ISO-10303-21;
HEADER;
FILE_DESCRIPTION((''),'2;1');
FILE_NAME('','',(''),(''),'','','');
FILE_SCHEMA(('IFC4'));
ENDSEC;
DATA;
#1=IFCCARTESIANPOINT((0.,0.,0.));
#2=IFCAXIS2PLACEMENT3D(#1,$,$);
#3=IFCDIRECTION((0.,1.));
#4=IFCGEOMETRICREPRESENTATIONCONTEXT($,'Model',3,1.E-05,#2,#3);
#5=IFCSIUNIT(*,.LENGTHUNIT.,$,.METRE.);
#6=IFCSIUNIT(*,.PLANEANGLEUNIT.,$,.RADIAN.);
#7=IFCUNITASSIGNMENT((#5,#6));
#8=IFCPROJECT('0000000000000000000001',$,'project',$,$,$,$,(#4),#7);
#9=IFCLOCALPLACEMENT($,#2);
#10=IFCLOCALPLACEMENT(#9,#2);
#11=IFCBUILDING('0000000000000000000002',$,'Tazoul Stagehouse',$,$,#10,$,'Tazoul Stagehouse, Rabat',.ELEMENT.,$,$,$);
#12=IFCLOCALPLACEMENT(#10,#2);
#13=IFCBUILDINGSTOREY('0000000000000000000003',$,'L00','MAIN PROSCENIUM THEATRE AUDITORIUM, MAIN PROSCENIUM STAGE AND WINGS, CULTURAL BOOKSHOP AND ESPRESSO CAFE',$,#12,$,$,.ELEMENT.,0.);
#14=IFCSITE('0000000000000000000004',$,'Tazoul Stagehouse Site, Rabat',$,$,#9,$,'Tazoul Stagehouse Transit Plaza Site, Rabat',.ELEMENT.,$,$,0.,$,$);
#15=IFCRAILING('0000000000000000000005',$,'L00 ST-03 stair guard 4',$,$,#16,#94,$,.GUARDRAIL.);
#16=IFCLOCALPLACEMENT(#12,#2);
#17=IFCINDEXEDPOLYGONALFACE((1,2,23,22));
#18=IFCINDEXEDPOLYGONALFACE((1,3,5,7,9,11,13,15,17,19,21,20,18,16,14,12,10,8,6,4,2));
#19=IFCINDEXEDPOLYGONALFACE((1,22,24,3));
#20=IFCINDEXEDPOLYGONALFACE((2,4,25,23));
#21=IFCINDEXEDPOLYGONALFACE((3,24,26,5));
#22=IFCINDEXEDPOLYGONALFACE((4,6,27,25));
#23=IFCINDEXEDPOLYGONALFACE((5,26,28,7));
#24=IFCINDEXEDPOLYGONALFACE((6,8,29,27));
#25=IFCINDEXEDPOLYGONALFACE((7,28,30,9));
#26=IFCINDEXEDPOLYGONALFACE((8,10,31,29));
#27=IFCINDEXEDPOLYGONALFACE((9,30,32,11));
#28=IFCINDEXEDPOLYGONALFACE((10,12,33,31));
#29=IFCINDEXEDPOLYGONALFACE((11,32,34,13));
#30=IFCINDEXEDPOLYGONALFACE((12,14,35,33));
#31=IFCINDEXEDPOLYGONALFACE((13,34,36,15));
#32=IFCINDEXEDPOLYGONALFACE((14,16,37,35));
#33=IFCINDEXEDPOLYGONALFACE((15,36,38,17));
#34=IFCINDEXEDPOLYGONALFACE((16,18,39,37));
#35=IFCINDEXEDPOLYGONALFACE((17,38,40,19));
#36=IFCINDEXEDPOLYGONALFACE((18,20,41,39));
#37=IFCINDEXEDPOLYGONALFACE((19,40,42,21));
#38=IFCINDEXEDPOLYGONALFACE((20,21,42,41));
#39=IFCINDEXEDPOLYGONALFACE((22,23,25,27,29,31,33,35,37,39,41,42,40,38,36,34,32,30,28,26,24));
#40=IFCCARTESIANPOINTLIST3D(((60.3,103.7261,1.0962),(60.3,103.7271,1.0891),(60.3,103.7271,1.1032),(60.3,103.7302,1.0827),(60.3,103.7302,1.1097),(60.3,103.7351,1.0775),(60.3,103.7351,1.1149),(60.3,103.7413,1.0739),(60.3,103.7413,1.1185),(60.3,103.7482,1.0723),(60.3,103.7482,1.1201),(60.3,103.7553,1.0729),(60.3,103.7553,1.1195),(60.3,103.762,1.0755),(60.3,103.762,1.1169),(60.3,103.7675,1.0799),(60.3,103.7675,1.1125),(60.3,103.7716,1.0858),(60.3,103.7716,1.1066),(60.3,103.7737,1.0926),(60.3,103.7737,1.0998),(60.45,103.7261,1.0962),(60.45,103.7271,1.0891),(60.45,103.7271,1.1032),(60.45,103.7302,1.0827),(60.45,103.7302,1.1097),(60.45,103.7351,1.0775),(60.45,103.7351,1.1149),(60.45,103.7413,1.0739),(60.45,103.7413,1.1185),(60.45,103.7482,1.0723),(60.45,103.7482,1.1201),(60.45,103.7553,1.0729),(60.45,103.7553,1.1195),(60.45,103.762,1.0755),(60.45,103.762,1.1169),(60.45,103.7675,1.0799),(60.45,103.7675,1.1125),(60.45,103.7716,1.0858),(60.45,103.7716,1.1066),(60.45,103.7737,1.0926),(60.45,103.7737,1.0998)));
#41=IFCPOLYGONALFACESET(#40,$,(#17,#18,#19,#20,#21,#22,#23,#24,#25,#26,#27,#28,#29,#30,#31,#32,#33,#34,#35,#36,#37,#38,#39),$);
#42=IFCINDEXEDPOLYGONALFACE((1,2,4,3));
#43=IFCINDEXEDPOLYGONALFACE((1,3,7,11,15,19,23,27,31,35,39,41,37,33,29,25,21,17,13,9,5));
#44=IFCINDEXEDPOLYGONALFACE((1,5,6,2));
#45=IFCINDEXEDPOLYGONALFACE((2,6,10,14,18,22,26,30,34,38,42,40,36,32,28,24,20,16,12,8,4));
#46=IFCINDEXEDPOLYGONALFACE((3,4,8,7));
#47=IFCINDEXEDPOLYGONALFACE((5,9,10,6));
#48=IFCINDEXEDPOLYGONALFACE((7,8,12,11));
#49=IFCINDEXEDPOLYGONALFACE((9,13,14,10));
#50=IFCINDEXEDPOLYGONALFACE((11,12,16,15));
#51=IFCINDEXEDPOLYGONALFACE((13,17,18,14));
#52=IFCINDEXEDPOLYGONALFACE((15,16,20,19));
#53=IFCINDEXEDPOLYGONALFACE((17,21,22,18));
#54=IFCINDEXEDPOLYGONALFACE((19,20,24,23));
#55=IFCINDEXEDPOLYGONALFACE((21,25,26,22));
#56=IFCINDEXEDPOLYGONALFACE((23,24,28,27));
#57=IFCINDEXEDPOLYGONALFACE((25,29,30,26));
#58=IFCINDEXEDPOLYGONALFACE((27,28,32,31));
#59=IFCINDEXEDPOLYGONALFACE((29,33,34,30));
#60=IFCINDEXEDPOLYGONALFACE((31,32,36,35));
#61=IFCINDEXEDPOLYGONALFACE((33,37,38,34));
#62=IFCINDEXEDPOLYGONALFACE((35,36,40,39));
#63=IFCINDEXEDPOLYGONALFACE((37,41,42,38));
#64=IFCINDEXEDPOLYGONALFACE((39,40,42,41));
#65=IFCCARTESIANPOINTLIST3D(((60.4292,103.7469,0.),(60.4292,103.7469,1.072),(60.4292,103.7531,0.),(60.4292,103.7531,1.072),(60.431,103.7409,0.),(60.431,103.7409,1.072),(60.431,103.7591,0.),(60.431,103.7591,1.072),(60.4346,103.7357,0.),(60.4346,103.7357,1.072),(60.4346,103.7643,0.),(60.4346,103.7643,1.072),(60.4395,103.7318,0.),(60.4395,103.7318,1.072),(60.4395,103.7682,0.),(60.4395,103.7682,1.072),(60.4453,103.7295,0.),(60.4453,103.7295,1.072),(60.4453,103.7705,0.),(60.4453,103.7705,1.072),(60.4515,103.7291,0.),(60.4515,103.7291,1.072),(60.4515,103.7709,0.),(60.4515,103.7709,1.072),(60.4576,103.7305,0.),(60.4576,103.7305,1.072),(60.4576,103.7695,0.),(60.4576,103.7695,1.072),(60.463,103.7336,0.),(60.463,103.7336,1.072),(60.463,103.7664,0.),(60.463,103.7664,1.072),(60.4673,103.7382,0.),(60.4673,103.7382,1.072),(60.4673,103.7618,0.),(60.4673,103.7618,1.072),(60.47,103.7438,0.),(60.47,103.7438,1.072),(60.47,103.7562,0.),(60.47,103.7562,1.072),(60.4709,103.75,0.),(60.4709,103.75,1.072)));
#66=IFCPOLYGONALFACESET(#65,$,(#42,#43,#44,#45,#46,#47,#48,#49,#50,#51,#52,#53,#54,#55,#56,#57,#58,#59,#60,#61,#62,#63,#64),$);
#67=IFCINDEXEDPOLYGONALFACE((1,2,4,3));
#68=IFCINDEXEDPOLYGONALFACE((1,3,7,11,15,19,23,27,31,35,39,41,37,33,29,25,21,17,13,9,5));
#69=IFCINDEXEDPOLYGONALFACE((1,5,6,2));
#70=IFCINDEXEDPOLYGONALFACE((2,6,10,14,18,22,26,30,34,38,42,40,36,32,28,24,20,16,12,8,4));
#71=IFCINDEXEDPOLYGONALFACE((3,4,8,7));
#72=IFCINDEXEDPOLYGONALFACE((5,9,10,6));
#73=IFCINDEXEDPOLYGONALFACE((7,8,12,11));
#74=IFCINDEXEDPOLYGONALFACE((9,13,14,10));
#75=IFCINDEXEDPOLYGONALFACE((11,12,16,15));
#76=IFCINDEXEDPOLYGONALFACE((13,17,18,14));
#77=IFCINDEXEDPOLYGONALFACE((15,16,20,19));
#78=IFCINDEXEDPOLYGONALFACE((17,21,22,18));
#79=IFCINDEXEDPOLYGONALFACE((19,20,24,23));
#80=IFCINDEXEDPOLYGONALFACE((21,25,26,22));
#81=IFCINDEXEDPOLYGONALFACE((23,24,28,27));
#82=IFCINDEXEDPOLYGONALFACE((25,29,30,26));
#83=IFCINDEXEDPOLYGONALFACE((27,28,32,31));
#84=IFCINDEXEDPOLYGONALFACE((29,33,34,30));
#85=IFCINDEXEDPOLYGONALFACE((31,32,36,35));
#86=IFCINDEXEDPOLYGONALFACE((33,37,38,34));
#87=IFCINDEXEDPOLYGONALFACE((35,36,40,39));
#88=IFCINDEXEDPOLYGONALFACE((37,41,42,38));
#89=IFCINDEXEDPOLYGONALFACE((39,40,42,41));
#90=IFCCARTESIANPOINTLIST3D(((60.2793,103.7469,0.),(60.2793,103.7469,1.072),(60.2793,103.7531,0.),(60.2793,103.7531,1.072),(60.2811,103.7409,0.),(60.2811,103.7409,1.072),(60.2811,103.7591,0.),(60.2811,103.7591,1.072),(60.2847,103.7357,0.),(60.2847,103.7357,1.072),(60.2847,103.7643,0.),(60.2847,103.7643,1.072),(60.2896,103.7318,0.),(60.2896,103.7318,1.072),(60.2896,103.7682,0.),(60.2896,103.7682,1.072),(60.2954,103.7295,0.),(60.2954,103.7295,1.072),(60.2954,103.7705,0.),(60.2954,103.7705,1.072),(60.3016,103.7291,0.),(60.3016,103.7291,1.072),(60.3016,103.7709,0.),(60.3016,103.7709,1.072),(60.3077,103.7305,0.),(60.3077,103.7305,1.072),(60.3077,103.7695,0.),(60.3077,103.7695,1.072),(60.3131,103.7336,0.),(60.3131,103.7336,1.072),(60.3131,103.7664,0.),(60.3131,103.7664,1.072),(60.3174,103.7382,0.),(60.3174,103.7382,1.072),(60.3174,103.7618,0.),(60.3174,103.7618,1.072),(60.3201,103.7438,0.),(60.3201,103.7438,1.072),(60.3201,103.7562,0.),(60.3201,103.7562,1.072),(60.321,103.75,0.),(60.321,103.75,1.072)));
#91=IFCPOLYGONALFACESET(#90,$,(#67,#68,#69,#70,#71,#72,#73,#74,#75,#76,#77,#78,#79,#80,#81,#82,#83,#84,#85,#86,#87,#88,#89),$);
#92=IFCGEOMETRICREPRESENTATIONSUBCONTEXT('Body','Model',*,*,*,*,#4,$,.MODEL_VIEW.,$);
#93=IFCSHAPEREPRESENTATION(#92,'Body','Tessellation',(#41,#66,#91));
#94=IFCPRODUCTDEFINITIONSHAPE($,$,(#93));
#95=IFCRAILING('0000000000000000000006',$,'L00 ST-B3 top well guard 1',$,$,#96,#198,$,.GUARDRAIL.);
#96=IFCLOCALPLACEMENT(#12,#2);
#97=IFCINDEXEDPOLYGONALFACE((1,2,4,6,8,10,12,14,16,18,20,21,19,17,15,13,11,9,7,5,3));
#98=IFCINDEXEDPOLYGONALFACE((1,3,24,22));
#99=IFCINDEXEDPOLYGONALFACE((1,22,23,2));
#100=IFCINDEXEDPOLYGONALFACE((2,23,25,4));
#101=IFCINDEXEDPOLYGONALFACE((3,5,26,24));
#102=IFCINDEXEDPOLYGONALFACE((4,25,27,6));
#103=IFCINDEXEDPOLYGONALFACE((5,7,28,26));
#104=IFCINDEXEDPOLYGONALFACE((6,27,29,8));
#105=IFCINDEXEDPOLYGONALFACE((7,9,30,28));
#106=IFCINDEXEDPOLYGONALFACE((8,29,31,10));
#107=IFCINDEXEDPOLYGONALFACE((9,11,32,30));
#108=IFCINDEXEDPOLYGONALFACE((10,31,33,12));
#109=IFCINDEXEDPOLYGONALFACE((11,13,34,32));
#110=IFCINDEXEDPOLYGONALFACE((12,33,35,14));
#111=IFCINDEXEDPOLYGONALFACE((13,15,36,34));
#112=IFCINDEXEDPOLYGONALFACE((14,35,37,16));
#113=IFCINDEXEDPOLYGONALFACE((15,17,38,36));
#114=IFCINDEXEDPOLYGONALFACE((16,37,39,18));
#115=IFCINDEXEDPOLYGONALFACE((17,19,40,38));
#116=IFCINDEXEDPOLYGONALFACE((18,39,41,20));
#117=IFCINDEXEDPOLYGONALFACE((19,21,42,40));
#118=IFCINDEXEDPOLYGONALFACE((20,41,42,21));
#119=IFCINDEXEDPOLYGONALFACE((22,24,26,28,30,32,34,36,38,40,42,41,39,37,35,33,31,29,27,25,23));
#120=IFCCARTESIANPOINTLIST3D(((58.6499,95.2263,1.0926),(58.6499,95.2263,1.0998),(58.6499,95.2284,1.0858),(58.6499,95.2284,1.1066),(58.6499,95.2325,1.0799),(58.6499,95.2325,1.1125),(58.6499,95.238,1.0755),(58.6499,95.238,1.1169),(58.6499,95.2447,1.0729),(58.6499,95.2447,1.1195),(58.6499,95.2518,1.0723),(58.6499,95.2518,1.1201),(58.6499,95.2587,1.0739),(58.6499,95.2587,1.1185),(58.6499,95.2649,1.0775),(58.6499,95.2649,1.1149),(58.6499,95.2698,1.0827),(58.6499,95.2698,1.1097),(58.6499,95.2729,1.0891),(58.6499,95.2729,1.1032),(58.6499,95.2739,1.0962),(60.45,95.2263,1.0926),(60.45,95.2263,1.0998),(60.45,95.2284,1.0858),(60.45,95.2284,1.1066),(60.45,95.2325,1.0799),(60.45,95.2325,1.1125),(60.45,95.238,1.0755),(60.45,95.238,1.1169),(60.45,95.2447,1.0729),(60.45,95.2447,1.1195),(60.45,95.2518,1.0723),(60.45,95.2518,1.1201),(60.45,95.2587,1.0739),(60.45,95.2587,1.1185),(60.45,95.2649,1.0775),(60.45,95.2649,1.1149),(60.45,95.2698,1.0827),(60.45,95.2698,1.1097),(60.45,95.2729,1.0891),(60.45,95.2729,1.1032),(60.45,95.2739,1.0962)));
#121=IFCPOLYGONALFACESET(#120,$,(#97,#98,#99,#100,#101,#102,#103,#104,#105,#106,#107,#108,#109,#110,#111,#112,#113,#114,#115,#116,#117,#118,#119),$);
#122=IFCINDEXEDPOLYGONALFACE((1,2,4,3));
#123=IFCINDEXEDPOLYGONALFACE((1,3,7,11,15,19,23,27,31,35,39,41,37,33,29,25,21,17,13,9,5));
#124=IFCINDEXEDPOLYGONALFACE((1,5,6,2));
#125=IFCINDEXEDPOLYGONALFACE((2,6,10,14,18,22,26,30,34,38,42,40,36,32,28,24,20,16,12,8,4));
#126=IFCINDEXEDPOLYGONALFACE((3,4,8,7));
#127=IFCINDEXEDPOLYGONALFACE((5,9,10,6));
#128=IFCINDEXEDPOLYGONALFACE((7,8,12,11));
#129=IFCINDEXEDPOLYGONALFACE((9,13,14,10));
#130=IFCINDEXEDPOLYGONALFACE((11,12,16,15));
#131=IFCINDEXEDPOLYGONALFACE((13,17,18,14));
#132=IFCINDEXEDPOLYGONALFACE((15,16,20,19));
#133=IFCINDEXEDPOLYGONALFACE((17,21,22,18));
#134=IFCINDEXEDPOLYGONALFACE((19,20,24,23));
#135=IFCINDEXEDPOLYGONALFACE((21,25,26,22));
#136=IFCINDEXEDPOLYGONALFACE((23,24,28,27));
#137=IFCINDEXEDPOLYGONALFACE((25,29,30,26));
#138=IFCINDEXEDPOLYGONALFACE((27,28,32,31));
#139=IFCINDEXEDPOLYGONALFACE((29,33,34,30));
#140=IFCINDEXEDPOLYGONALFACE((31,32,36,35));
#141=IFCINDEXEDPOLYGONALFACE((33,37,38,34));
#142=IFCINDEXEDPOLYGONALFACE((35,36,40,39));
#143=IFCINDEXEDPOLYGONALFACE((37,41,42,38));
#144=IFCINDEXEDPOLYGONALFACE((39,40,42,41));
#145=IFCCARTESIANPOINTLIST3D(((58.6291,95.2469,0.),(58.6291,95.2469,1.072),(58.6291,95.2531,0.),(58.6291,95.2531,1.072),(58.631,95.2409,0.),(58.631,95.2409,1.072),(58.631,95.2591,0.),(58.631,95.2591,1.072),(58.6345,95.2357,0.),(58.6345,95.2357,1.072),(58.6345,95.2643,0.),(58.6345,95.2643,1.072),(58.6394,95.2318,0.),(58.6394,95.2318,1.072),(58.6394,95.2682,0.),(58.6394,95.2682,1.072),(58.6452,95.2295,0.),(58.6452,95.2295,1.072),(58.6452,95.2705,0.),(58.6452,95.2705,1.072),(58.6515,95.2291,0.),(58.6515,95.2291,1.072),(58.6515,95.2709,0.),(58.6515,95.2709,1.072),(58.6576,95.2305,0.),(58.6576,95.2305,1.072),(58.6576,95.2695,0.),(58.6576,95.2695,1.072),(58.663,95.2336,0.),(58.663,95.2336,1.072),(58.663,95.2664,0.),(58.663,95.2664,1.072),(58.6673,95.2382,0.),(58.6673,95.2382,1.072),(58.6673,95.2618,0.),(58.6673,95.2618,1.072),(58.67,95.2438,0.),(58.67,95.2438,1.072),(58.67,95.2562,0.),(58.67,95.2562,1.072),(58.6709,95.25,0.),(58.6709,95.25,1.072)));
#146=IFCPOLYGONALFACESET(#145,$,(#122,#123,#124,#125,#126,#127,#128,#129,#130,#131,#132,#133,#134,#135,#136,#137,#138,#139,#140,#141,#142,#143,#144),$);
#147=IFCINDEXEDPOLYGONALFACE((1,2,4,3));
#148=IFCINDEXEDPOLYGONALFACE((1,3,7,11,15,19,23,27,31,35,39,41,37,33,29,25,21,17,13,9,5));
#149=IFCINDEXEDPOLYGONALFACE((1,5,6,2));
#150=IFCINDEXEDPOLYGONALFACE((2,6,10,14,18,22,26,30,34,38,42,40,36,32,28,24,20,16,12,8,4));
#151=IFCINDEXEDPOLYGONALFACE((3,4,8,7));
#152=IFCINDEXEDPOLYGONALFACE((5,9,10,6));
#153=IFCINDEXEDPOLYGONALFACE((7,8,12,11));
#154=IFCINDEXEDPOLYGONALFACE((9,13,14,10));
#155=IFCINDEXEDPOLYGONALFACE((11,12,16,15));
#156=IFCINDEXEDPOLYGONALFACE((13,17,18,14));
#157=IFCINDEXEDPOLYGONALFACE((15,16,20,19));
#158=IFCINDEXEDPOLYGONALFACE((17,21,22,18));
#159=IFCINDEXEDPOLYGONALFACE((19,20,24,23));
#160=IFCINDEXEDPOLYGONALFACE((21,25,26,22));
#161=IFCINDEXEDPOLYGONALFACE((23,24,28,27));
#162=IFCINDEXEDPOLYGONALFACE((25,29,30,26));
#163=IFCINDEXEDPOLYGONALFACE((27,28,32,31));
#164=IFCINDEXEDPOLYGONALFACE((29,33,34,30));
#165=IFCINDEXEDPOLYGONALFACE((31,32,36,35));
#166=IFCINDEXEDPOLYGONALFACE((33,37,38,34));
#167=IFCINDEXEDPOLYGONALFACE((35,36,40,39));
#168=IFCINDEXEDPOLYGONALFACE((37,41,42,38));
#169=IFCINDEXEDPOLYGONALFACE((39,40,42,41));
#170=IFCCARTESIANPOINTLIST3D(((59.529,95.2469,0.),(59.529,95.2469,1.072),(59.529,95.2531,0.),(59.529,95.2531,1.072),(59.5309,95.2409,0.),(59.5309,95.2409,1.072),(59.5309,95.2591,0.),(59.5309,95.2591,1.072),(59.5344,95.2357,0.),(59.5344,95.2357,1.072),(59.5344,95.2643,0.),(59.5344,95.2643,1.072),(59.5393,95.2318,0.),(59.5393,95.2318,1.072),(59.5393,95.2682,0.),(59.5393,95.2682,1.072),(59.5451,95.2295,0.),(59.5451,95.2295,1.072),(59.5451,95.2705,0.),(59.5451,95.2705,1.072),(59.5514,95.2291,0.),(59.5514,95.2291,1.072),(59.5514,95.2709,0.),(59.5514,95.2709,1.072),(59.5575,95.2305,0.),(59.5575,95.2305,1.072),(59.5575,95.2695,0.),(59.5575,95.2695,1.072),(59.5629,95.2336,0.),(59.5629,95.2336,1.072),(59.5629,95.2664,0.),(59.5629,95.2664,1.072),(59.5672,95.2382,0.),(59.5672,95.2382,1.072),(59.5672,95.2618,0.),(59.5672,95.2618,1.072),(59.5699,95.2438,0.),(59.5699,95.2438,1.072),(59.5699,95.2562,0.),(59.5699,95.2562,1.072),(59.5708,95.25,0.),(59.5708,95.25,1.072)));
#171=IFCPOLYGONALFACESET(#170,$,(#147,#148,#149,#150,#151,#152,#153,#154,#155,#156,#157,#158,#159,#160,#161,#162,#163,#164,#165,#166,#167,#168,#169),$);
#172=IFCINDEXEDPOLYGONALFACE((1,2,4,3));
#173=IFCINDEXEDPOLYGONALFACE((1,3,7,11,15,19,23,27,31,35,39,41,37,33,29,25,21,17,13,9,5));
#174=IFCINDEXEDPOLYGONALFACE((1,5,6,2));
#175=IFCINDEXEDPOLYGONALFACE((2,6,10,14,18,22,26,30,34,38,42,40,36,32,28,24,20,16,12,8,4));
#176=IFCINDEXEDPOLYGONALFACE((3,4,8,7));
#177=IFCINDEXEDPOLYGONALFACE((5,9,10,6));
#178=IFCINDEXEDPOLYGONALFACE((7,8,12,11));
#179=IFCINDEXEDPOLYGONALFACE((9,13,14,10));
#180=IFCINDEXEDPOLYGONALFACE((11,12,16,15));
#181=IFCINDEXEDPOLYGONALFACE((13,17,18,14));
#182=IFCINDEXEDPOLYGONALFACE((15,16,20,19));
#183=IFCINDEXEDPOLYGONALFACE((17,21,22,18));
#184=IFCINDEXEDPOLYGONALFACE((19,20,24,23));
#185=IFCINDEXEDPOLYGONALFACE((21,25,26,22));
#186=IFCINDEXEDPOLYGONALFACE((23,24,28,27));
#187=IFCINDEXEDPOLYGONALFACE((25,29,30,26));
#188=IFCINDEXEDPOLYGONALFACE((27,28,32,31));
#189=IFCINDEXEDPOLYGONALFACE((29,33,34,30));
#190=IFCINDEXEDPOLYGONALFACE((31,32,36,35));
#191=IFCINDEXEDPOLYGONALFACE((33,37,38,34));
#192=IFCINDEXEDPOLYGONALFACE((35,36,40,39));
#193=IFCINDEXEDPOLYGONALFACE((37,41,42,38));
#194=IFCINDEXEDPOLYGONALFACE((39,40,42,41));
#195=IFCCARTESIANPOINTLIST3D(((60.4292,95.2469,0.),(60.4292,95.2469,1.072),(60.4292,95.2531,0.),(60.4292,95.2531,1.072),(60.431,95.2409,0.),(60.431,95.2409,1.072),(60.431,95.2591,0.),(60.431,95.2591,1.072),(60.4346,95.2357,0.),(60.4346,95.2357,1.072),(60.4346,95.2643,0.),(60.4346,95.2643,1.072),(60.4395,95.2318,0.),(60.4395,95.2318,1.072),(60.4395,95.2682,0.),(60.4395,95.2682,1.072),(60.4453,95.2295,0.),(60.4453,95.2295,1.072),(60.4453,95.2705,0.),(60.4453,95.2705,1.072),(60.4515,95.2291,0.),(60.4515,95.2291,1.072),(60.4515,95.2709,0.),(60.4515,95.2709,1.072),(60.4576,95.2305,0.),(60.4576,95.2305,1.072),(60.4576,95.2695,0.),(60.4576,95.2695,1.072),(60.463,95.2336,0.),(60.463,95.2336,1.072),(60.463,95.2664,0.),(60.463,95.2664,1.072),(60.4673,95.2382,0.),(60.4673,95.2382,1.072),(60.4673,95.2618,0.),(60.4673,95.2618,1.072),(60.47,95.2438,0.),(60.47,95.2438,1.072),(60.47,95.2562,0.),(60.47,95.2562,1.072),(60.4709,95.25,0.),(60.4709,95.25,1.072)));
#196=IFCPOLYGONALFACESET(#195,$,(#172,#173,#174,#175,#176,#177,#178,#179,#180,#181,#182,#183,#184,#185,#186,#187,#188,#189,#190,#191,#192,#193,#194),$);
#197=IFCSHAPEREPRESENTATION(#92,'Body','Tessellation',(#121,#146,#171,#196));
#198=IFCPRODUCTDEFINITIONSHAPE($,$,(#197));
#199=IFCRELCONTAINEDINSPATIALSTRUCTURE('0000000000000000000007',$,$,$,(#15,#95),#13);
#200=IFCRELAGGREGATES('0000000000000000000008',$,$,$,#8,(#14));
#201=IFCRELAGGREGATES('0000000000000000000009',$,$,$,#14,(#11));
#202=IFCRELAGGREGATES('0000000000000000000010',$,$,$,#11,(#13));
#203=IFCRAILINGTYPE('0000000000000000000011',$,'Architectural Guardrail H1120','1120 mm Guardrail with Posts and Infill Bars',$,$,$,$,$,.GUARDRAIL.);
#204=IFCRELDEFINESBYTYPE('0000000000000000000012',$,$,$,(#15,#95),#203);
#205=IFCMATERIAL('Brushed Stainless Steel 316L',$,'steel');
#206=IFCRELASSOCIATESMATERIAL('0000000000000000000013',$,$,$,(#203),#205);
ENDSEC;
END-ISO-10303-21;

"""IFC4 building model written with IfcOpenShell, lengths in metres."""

from ifc_helpers import new_model, si_unit, direction, frame, origin, origin_2d, place, context, subcontext, project, spatial, circle, extrude, material, material_profile, profile_set, type_object, element, save


model = new_model("IFC4")

# Units and contexts
model_context = context("Model", 3, precision=1e-05, world=origin(), true_north=direction((0.0, 1.0)))
body_context = subcontext(model_context, "Body", "Model", "MODEL_VIEW")
ifc_project = project(units=[si_unit("LENGTHUNIT", "METRE"), si_unit("PLANEANGLEUNIT", "RADIAN")], contexts=[model_context])

# Site, building, storey
site_placement = place(None, origin())
site = spatial("IfcSite", under=ifc_project, at=site_placement, Name="Tazoul Stagehouse Site, Rabat", LongName="Tazoul Stagehouse Transit Plaza Site, Rabat", CompositionType="ELEMENT", RefElevation=0.0)
building_placement = place(site_placement, origin())
building = spatial("IfcBuilding", under=site, at=building_placement, Name="Tazoul Stagehouse", LongName="Tazoul Stagehouse, Rabat", CompositionType="ELEMENT")
storey_placement = place(building_placement, origin())
storey = spatial("IfcBuildingStorey", under=building, at=storey_placement, Name="L00", Description="MAIN PROSCENIUM THEATRE AUDITORIUM, MAIN PROSCENIUM STAGE AND WINGS, CULTURAL BOOKSHOP AND ESPRESSO CAFE", CompositionType="ELEMENT", Elevation=0.0)

# Railings
ifc_material_1 = material(Name="Brushed Stainless Steel 316L", Category="steel")
ifc_material_profile_1 = material_profile(ifc_material_1, circle(Radius=0.0239, at=origin_2d()), Name="SS RAIL D48")
ifc_profile_set_1 = profile_set([ifc_material_profile_1], Name="Brushed Stainless Steel 316L")
railing_type_1 = type_object("IfcRailingType", Name="Architectural Guardrail H1120", Description="1120 mm Guardrail with Posts and Infill Bars", PredefinedType="GUARDRAIL", material=ifc_profile_set_1)
railing_1_placement = place(storey_placement, frame((60.45, 103.75, 0.0)))
element("IfcRailing", 1, at=railing_1_placement, inside=storey, type_object=railing_type_1, Name="L00 ST-03 stair guard 4", PredefinedType="GUARDRAIL", context=body_context, shape_type="SweptSolid", body=[
    extrude(circle(Radius=0.0239, at=origin_2d()), frame((0.0, 0.0, 1.0962), z_axis=(-1.0, 0.0, 0.0), x_axis=(0.0, -1.0, 0.0)), (0.0, 0.0, 1.0), 0.1499),
    extrude(circle(Radius=0.021, at=origin_2d()), origin(), (0.0, 0.0, 1.0), 1.072),
    extrude(circle(Radius=0.021, at=origin_2d()), frame((-0.1499, 0.0, 0.0)), (0.0, 0.0, 1.0), 1.072),
])
railing_2_placement = place(storey_placement, frame((58.6499, 95.25, 0.0)))
element("IfcRailing", 2, at=railing_2_placement, inside=storey, type_object=railing_type_1, Name="L00 ST-B3 top well guard 1", PredefinedType="GUARDRAIL", context=body_context, shape_type="SweptSolid", body=[
    extrude(circle(Radius=0.0239, at=origin_2d()), frame((0.0, 0.0, 1.0962), z_axis=(1.0, 0.0, 0.0), x_axis=(0.0, 1.0, 0.0)), (0.0, 0.0, 1.0), 1.8),
    extrude(circle(Radius=0.021, at=origin_2d()), origin(), (0.0, 0.0, 1.0), 1.072),
    extrude(circle(Radius=0.021, at=origin_2d()), frame((0.8999, 0.0, 0.0)), (0.0, 0.0, 1.0), 1.072),
    extrude(circle(Radius=0.021, at=origin_2d()), frame((1.8, 0.0, 0.0)), (0.0, 0.0, 1.0), 1.072),
])

save(model, "model.ifc")
